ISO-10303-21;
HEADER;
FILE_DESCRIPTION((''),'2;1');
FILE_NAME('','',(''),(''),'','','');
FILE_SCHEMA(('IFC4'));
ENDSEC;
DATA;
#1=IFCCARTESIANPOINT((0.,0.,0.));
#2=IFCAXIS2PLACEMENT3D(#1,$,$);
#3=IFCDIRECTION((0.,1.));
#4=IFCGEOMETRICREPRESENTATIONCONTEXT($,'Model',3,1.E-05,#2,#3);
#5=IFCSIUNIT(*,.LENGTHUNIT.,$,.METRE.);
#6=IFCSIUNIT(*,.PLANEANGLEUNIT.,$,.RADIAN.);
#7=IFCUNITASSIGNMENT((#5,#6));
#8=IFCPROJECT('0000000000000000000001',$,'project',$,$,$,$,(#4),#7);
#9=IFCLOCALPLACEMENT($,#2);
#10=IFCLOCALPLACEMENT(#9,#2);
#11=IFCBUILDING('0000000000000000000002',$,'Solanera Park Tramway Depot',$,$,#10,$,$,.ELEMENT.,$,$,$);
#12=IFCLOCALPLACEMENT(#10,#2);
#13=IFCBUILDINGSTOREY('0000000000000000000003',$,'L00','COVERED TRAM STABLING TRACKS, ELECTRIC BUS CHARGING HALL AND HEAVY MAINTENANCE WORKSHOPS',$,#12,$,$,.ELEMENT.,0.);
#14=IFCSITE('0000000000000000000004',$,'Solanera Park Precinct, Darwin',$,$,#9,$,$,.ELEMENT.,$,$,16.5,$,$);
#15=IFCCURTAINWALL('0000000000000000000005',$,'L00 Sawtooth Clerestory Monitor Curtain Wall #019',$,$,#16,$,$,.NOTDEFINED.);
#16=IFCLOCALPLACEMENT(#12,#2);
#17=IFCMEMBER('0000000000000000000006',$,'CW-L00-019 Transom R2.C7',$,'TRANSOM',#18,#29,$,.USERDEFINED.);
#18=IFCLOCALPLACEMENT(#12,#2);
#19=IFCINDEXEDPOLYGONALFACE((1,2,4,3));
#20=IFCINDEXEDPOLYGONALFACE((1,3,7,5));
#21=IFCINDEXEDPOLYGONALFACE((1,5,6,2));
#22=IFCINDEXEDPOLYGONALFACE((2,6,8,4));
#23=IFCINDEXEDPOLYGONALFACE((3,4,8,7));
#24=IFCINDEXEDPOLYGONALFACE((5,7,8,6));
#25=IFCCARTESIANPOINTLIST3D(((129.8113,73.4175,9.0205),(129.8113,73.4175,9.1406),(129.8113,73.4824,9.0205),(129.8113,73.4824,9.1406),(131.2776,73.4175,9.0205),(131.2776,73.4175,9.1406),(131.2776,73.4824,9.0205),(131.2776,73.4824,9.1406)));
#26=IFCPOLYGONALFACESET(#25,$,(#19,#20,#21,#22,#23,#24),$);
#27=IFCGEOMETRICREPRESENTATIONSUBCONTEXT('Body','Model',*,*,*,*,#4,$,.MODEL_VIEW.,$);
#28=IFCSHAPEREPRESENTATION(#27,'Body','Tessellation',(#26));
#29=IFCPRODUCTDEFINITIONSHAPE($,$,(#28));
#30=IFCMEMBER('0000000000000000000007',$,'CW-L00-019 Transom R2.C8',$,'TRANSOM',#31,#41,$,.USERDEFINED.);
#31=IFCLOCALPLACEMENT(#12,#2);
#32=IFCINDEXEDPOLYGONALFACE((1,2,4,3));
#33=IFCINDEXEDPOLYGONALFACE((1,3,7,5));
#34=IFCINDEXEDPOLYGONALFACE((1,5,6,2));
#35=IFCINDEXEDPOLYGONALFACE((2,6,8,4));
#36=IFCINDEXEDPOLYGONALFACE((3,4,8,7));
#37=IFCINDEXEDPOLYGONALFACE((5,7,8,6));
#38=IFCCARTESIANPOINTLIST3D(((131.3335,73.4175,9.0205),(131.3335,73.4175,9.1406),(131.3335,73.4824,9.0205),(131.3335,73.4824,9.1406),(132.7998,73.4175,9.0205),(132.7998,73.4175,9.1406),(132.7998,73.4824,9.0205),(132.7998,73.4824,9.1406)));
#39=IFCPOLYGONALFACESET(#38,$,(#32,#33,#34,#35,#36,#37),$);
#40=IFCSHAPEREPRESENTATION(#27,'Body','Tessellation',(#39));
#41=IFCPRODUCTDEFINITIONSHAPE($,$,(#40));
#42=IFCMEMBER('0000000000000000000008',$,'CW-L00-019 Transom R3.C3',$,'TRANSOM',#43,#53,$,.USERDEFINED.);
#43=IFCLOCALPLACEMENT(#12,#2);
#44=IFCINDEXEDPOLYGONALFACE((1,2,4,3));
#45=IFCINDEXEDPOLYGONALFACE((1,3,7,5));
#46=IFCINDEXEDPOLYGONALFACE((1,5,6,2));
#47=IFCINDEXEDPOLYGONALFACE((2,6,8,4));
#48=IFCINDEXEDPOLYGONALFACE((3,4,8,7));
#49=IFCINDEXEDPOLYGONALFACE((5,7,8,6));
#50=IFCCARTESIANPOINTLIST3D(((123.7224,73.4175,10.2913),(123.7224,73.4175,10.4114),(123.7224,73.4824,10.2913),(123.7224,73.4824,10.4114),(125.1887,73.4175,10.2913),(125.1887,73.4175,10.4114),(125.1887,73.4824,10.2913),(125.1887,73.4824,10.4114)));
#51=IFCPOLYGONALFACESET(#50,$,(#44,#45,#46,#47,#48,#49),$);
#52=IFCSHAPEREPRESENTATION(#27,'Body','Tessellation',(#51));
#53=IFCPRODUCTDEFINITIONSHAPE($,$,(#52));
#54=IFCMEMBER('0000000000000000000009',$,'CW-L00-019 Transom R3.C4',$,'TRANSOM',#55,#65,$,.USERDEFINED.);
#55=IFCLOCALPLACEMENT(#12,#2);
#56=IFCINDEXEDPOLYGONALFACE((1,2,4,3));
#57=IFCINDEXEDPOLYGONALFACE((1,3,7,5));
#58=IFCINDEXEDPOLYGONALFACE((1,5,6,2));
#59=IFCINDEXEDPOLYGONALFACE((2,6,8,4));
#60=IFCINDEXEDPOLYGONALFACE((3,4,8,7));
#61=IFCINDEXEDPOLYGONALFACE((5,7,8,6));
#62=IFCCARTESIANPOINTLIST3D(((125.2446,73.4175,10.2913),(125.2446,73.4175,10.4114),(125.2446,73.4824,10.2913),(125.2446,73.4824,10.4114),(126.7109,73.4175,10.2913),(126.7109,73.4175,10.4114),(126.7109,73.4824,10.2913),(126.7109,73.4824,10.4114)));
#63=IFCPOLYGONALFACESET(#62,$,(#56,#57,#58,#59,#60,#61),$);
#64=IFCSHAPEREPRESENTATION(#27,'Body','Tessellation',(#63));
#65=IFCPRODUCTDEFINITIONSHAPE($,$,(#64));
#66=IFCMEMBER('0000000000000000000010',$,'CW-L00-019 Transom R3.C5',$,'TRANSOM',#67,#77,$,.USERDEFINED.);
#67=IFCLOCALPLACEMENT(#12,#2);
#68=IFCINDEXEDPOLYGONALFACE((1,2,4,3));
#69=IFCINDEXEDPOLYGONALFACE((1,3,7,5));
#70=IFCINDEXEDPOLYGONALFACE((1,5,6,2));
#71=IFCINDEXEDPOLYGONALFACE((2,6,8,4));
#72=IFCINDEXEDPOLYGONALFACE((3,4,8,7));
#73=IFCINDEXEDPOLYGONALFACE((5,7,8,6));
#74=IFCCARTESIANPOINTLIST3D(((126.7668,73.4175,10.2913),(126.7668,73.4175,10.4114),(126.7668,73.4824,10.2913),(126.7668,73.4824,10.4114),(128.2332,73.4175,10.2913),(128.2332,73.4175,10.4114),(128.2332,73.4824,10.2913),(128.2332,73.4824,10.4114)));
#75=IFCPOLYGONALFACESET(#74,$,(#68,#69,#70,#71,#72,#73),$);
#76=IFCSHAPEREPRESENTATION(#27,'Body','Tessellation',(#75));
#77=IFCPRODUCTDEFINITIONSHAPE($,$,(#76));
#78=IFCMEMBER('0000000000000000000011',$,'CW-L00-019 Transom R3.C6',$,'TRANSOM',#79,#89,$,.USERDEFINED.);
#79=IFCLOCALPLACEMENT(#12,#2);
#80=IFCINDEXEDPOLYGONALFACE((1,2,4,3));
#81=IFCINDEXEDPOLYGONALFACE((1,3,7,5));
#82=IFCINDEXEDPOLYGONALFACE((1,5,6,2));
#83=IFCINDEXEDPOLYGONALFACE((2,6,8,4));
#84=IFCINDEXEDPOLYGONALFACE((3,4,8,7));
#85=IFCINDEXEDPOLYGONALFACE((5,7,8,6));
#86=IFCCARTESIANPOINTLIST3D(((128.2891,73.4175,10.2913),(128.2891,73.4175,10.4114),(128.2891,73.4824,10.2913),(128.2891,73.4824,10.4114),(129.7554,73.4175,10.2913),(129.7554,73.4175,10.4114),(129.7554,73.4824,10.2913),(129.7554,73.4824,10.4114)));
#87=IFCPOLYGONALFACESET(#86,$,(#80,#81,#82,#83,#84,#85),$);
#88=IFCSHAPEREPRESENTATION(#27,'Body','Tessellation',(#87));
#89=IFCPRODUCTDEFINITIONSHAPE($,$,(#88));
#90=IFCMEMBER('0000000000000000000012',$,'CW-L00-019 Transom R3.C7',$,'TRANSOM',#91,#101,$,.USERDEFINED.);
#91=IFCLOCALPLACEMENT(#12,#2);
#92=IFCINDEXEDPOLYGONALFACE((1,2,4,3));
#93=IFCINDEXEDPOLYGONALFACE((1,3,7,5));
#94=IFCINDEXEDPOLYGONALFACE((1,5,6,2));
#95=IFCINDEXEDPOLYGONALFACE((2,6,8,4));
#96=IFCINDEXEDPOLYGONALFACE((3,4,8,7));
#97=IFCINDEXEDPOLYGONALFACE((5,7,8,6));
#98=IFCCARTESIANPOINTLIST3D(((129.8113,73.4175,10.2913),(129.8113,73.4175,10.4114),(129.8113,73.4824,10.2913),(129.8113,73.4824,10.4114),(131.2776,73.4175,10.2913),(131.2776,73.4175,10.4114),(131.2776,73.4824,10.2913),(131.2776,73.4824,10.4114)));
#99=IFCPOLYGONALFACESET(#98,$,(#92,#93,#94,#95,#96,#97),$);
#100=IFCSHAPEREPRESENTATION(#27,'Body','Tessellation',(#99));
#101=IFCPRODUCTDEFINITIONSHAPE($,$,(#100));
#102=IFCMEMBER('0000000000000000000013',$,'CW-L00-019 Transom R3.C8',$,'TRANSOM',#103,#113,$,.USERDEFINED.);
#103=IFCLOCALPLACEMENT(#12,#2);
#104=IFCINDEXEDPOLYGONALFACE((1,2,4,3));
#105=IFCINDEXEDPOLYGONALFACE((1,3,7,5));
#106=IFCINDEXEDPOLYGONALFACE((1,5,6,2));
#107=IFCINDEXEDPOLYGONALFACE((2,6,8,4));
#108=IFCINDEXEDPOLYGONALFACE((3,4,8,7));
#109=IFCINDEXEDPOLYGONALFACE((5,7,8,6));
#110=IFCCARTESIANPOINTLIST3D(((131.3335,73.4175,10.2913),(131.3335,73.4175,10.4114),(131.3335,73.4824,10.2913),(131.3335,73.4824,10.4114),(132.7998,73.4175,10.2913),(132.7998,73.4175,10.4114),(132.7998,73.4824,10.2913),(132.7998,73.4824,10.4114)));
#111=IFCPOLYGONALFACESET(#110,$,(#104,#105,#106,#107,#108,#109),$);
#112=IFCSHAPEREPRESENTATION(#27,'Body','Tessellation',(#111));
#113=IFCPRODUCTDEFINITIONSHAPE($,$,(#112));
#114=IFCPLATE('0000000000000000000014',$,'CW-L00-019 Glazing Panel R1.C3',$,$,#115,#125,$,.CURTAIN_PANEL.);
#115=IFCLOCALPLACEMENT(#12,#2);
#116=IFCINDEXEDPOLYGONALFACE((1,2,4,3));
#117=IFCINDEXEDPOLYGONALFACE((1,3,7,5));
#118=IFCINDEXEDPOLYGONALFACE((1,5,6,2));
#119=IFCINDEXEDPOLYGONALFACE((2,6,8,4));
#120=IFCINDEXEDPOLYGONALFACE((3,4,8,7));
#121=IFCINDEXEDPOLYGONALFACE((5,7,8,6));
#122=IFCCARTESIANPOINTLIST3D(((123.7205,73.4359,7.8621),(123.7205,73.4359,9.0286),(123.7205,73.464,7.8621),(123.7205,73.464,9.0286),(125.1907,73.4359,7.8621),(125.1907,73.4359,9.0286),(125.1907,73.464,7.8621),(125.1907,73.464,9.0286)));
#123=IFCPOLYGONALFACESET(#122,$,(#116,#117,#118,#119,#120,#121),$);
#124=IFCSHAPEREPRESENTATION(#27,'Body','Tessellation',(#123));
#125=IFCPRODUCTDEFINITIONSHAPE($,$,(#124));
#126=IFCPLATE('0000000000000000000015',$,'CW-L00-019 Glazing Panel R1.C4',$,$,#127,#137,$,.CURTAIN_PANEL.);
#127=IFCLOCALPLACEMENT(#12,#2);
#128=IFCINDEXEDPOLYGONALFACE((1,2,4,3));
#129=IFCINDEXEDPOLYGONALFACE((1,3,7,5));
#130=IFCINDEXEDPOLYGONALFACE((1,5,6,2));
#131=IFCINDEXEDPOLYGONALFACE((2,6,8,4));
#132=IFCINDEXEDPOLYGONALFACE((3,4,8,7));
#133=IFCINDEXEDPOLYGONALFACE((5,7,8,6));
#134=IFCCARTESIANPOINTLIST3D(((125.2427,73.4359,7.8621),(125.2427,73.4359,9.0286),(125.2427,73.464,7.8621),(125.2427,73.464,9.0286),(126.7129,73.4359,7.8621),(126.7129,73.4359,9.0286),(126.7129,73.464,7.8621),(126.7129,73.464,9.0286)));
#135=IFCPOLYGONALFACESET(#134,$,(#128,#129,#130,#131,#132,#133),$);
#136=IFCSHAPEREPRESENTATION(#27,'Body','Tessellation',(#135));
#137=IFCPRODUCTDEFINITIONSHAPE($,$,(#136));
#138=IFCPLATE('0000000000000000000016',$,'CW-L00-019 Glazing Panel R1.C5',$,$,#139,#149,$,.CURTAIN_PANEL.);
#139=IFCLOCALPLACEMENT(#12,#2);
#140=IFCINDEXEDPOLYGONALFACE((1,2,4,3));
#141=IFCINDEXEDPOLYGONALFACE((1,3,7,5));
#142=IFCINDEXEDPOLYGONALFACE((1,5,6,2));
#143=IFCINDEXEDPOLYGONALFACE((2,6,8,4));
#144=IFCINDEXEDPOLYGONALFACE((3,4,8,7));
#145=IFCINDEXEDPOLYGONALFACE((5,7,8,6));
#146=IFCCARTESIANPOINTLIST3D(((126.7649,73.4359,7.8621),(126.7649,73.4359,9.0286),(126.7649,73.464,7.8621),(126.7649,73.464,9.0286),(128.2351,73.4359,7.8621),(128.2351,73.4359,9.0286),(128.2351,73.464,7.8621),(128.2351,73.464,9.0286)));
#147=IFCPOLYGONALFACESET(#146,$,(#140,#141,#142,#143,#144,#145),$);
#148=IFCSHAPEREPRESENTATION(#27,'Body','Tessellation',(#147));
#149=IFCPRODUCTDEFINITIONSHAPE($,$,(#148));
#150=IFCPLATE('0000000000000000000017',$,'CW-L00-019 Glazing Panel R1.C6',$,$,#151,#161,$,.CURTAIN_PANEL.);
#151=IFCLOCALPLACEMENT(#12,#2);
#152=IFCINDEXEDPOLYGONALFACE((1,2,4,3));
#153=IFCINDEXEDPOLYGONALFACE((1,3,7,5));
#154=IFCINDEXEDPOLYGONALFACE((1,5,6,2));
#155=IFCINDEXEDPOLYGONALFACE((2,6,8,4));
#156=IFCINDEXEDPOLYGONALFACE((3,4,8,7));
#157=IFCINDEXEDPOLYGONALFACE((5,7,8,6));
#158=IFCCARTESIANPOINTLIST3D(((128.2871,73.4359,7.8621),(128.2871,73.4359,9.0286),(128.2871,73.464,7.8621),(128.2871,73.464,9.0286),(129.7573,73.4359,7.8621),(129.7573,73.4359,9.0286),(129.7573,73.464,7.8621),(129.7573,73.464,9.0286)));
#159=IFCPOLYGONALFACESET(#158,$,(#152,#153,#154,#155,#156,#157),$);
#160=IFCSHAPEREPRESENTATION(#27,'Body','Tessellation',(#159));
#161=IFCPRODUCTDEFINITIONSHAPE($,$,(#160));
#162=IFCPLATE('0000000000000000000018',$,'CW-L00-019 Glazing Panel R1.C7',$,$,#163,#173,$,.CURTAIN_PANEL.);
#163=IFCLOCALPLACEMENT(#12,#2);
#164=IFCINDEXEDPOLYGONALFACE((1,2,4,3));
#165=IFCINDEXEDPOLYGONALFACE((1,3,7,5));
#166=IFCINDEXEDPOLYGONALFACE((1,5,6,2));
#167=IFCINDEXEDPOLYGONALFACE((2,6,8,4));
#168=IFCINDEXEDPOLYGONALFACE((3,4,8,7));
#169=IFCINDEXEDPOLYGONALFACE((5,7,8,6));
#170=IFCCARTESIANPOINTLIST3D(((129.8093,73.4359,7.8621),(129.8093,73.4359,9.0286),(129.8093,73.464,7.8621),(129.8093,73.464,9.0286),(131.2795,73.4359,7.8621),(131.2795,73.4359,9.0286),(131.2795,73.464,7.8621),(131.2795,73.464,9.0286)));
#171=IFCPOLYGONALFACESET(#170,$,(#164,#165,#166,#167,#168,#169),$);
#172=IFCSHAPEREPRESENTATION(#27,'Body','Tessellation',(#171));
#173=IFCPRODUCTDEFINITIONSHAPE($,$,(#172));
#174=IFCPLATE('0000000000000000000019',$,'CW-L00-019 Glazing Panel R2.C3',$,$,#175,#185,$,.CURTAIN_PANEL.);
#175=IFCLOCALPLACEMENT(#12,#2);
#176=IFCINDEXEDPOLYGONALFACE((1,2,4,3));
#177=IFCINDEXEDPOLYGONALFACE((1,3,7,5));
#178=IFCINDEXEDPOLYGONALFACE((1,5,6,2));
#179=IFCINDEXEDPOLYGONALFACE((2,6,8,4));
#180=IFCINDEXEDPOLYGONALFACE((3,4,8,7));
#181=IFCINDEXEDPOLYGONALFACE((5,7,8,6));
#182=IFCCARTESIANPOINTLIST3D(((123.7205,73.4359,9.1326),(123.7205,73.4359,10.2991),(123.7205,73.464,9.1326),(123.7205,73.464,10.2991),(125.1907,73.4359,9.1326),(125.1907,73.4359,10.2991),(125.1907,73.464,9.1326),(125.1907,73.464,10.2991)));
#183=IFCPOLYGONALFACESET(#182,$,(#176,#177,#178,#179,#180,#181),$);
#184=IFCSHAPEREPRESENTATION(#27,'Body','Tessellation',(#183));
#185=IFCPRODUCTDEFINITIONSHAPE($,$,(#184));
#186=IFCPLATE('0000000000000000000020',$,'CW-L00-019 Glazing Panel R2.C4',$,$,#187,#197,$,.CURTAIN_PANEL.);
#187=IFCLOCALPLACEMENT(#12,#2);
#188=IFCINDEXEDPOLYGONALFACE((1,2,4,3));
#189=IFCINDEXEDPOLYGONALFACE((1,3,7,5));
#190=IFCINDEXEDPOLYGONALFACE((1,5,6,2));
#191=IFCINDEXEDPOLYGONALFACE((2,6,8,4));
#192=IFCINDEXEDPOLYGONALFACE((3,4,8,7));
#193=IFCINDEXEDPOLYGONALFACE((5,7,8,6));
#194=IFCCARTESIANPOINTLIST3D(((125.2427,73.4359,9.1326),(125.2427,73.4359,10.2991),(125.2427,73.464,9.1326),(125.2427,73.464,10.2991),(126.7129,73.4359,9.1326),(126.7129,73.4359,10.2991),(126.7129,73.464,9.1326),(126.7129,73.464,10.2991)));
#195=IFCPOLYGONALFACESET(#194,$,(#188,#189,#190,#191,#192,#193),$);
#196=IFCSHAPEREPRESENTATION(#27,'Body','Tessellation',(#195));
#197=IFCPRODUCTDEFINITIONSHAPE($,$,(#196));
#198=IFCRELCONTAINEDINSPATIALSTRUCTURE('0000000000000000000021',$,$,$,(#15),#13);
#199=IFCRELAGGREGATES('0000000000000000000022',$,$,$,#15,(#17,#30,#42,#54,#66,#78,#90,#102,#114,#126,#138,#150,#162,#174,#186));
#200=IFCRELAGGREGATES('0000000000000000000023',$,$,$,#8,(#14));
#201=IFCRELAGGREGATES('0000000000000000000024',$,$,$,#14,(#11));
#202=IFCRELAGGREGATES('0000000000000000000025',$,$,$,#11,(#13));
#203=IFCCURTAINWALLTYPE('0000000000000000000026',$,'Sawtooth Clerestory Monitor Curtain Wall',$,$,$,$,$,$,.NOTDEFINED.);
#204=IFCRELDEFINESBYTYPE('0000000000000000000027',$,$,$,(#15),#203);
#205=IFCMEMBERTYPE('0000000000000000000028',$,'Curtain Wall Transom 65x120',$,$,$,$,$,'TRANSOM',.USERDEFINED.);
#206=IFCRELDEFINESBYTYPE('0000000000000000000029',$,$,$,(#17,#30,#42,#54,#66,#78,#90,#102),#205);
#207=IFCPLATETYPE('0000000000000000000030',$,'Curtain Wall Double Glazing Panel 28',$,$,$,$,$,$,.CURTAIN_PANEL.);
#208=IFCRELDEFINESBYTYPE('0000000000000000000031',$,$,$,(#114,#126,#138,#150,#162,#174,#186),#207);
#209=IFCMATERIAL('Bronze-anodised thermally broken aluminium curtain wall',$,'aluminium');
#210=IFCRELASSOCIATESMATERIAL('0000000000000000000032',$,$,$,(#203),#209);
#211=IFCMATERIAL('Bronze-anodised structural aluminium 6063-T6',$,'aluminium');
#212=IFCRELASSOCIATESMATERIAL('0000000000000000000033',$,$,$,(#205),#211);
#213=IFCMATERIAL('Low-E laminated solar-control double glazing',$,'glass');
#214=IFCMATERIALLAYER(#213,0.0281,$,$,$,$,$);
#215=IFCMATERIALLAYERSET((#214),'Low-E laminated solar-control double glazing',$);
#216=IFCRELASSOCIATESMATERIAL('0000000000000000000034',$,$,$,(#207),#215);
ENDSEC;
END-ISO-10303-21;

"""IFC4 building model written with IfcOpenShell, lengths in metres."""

from ifc_helpers import new_model, si_unit, direction, frame, origin, origin_2d, place, context, subcontext, project, spatial, rectangle, extrude, material, layer, layer_set, material_profile, profile_set, type_object, element, aggregate, save


model = new_model("IFC4")

# Units and contexts
model_context = context("Model", 3, precision=1e-05, world=origin(), true_north=direction((0.0, 1.0)))
body_context = subcontext(model_context, "Body", "Model", "MODEL_VIEW")
ifc_project = project(units=[si_unit("LENGTHUNIT", "METRE"), si_unit("PLANEANGLEUNIT", "RADIAN")], contexts=[model_context])

# Site, building, storey
site_placement = place(None, origin())
site = spatial("IfcSite", under=ifc_project, at=site_placement, Name="Solanera Park Precinct, Darwin", CompositionType="ELEMENT", RefElevation=16.5)
building_placement = place(site_placement, origin())
building = spatial("IfcBuilding", under=site, at=building_placement, Name="Solanera Park Tramway Depot", CompositionType="ELEMENT")
storey_placement = place(building_placement, origin())
storey = spatial("IfcBuildingStorey", under=building, at=storey_placement, Name="L00", Description="COVERED TRAM STABLING TRACKS, ELECTRIC BUS CHARGING HALL AND HEAVY MAINTENANCE WORKSHOPS", CompositionType="ELEMENT", Elevation=0.0)

# Curtain wall, members, plates
ifc_material_1 = material(Name="Bronze-anodised thermally broken aluminium curtain wall", Category="aluminium")
curtain_wall_type = type_object("IfcCurtainWallType", Name="Sawtooth Clerestory Monitor Curtain Wall", PredefinedType="NOTDEFINED", material=ifc_material_1)
curtain_wall_placement = place(storey_placement, origin())
curtain_wall = element("IfcCurtainWall", 1, at=curtain_wall_placement, inside=storey, type_object=curtain_wall_type, Name="L00 Sawtooth Clerestory Monitor Curtain Wall #019", PredefinedType="NOTDEFINED")
ifc_material_2 = material(Name="Bronze-anodised structural aluminium 6063-T6", Category="aluminium")
ifc_material_profile_1 = material_profile(ifc_material_2, rectangle(XDim=0.0649, YDim=0.1201, at=origin_2d()), Name="Curtain Wall Transom 65x120")
ifc_profile_set_1 = profile_set([ifc_material_profile_1], Name="Bronze-anodised structural aluminium 6063-T6")
member_type_1 = type_object("IfcMemberType", Name="Curtain Wall Transom 65x120", ElementType="TRANSOM", PredefinedType="USERDEFINED", material=ifc_profile_set_1)
member_1_placement = place(storey_placement, frame((129.8113, 73.45, 9.0806), z_axis=(1.0, 0.0, 0.0), x_axis=(0.0, 1.0, 0.0)))
member_1 = element("IfcMember", 2, at=member_1_placement, type_object=member_type_1, Name="CW-L00-019 Transom R2.C7", ObjectType="TRANSOM", PredefinedType="USERDEFINED", context=body_context, shape_type="SweptSolid", body=[
    extrude(rectangle(XDim=0.0649, YDim=0.1201, at=origin_2d()), origin(), (0.0, 0.0, 1.0), 1.4663),
])
member_2_placement = place(storey_placement, frame((131.3335, 73.45, 9.0806), z_axis=(1.0, 0.0, 0.0), x_axis=(0.0, 1.0, 0.0)))
member_2 = element("IfcMember", 3, at=member_2_placement, type_object=member_type_1, Name="CW-L00-019 Transom R2.C8", ObjectType="TRANSOM", PredefinedType="USERDEFINED", context=body_context, shape_type="SweptSolid", body=[
    extrude(rectangle(XDim=0.0649, YDim=0.1201, at=origin_2d()), origin(), (0.0, 0.0, 1.0), 1.4663),
])
member_3_placement = place(storey_placement, frame((123.7224, 73.45, 10.3513), z_axis=(1.0, 0.0, 0.0), x_axis=(0.0, 1.0, 0.0)))
member_3 = element("IfcMember", 4, at=member_3_placement, type_object=member_type_1, Name="CW-L00-019 Transom R3.C3", ObjectType="TRANSOM", PredefinedType="USERDEFINED", context=body_context, shape_type="SweptSolid", body=[
    extrude(rectangle(XDim=0.0649, YDim=0.1201, at=origin_2d()), origin(), (0.0, 0.0, 1.0), 1.4663),
])
member_4_placement = place(storey_placement, frame((125.2446, 73.45, 10.3513), z_axis=(1.0, 0.0, 0.0), x_axis=(0.0, 1.0, 0.0)))
member_4 = element("IfcMember", 5, at=member_4_placement, type_object=member_type_1, Name="CW-L00-019 Transom R3.C4", ObjectType="TRANSOM", PredefinedType="USERDEFINED", context=body_context, shape_type="SweptSolid", body=[
    extrude(rectangle(XDim=0.0649, YDim=0.1201, at=origin_2d()), origin(), (0.0, 0.0, 1.0), 1.4663),
])
member_5_placement = place(storey_placement, frame((126.7668, 73.45, 10.3513), z_axis=(1.0, 0.0, 0.0), x_axis=(0.0, 1.0, 0.0)))
member_5 = element("IfcMember", 6, at=member_5_placement, type_object=member_type_1, Name="CW-L00-019 Transom R3.C5", ObjectType="TRANSOM", PredefinedType="USERDEFINED", context=body_context, shape_type="SweptSolid", body=[
    extrude(rectangle(XDim=0.0649, YDim=0.1201, at=origin_2d()), origin(), (0.0, 0.0, 1.0), 1.4663),
])
member_6_placement = place(storey_placement, frame((128.2891, 73.45, 10.3513), z_axis=(1.0, 0.0, 0.0), x_axis=(0.0, 1.0, 0.0)))
member_6 = element("IfcMember", 7, at=member_6_placement, type_object=member_type_1, Name="CW-L00-019 Transom R3.C6", ObjectType="TRANSOM", PredefinedType="USERDEFINED", context=body_context, shape_type="SweptSolid", body=[
    extrude(rectangle(XDim=0.0649, YDim=0.1201, at=origin_2d()), origin(), (0.0, 0.0, 1.0), 1.4663),
])
member_7_placement = place(storey_placement, frame((129.8113, 73.45, 10.3513), z_axis=(1.0, 0.0, 0.0), x_axis=(0.0, 1.0, 0.0)))
member_7 = element("IfcMember", 8, at=member_7_placement, type_object=member_type_1, Name="CW-L00-019 Transom R3.C7", ObjectType="TRANSOM", PredefinedType="USERDEFINED", context=body_context, shape_type="SweptSolid", body=[
    extrude(rectangle(XDim=0.0649, YDim=0.1201, at=origin_2d()), origin(), (0.0, 0.0, 1.0), 1.4663),
])
member_8_placement = place(storey_placement, frame((131.3335, 73.45, 10.3513), z_axis=(1.0, 0.0, 0.0), x_axis=(0.0, 1.0, 0.0)))
member_8 = element("IfcMember", 9, at=member_8_placement, type_object=member_type_1, Name="CW-L00-019 Transom R3.C8", ObjectType="TRANSOM", PredefinedType="USERDEFINED", context=body_context, shape_type="SweptSolid", body=[
    extrude(rectangle(XDim=0.0649, YDim=0.1201, at=origin_2d()), origin(), (0.0, 0.0, 1.0), 1.4663),
])
ifc_material_3 = material(Name="Low-E laminated solar-control double glazing", Category="glass")
ifc_layer = layer(ifc_material_3, 0.0281)
ifc_layer_set = layer_set([ifc_layer], Name="Low-E laminated solar-control double glazing")
plate_type = type_object("IfcPlateType", Name="Curtain Wall Double Glazing Panel 28", PredefinedType="CURTAIN_PANEL", material=ifc_layer_set)
plate_1_placement = place(storey_placement, frame((124.4556, 73.45, 7.8621), z_axis=(0.0, 0.0, 1.0), x_axis=(1.0, 0.0, 0.0)))
plate_1 = element("IfcPlate", 10, at=plate_1_placement, type_object=plate_type, Name="CW-L00-019 Glazing Panel R1.C3", PredefinedType="CURTAIN_PANEL", context=body_context, shape_type="SweptSolid", body=[
    extrude(rectangle(XDim=1.4702, YDim=0.0281, at=origin_2d()), origin(), (0.0, 0.0, 1.0), 1.1665),
])
plate_2_placement = place(storey_placement, frame((125.9778, 73.45, 7.8621), z_axis=(0.0, 0.0, 1.0), x_axis=(1.0, 0.0, 0.0)))
plate_2 = element("IfcPlate", 11, at=plate_2_placement, type_object=plate_type, Name="CW-L00-019 Glazing Panel R1.C4", PredefinedType="CURTAIN_PANEL", context=body_context, shape_type="SweptSolid", body=[
    extrude(rectangle(XDim=1.4702, YDim=0.0281, at=origin_2d()), origin(), (0.0, 0.0, 1.0), 1.1665),
])
plate_3_placement = place(storey_placement, frame((127.5, 73.45, 7.8621), z_axis=(0.0, 0.0, 1.0), x_axis=(1.0, 0.0, 0.0)))
plate_3 = element("IfcPlate", 12, at=plate_3_placement, type_object=plate_type, Name="CW-L00-019 Glazing Panel R1.C5", PredefinedType="CURTAIN_PANEL", context=body_context, shape_type="SweptSolid", body=[
    extrude(rectangle(XDim=1.4702, YDim=0.0281, at=origin_2d()), origin(), (0.0, 0.0, 1.0), 1.1665),
])
plate_4_placement = place(storey_placement, frame((129.0222, 73.45, 7.8621), z_axis=(0.0, 0.0, 1.0), x_axis=(1.0, 0.0, 0.0)))
plate_4 = element("IfcPlate", 13, at=plate_4_placement, type_object=plate_type, Name="CW-L00-019 Glazing Panel R1.C6", PredefinedType="CURTAIN_PANEL", context=body_context, shape_type="SweptSolid", body=[
    extrude(rectangle(XDim=1.4702, YDim=0.0281, at=origin_2d()), origin(), (0.0, 0.0, 1.0), 1.1665),
])
plate_5_placement = place(storey_placement, frame((130.5444, 73.45, 7.8621), z_axis=(0.0, 0.0, 1.0), x_axis=(1.0, 0.0, 0.0)))
plate_5 = element("IfcPlate", 14, at=plate_5_placement, type_object=plate_type, Name="CW-L00-019 Glazing Panel R1.C7", PredefinedType="CURTAIN_PANEL", context=body_context, shape_type="SweptSolid", body=[
    extrude(rectangle(XDim=1.4702, YDim=0.0281, at=origin_2d()), origin(), (0.0, 0.0, 1.0), 1.1665),
])
plate_6_placement = place(storey_placement, frame((124.4556, 73.45, 9.1326), z_axis=(0.0, 0.0, 1.0), x_axis=(1.0, 0.0, 0.0)))
plate_6 = element("IfcPlate", 15, at=plate_6_placement, type_object=plate_type, Name="CW-L00-019 Glazing Panel R2.C3", PredefinedType="CURTAIN_PANEL", context=body_context, shape_type="SweptSolid", body=[
    extrude(rectangle(XDim=1.4702, YDim=0.0281, at=origin_2d()), origin(), (0.0, 0.0, 1.0), 1.1665),
])
plate_7_placement = place(storey_placement, frame((125.9778, 73.45, 9.1326), z_axis=(0.0, 0.0, 1.0), x_axis=(1.0, 0.0, 0.0)))
plate_7 = element("IfcPlate", 16, at=plate_7_placement, type_object=plate_type, Name="CW-L00-019 Glazing Panel R2.C4", PredefinedType="CURTAIN_PANEL", context=body_context, shape_type="SweptSolid", body=[
    extrude(rectangle(XDim=1.4702, YDim=0.0281, at=origin_2d()), origin(), (0.0, 0.0, 1.0), 1.1665),
])
aggregate(curtain_wall, [member_1, member_2, member_3, member_4, member_5, member_6, member_7, member_8, plate_1, plate_2, plate_3, plate_4, plate_5, plate_6, plate_7])

save(model, "model.ifc")
